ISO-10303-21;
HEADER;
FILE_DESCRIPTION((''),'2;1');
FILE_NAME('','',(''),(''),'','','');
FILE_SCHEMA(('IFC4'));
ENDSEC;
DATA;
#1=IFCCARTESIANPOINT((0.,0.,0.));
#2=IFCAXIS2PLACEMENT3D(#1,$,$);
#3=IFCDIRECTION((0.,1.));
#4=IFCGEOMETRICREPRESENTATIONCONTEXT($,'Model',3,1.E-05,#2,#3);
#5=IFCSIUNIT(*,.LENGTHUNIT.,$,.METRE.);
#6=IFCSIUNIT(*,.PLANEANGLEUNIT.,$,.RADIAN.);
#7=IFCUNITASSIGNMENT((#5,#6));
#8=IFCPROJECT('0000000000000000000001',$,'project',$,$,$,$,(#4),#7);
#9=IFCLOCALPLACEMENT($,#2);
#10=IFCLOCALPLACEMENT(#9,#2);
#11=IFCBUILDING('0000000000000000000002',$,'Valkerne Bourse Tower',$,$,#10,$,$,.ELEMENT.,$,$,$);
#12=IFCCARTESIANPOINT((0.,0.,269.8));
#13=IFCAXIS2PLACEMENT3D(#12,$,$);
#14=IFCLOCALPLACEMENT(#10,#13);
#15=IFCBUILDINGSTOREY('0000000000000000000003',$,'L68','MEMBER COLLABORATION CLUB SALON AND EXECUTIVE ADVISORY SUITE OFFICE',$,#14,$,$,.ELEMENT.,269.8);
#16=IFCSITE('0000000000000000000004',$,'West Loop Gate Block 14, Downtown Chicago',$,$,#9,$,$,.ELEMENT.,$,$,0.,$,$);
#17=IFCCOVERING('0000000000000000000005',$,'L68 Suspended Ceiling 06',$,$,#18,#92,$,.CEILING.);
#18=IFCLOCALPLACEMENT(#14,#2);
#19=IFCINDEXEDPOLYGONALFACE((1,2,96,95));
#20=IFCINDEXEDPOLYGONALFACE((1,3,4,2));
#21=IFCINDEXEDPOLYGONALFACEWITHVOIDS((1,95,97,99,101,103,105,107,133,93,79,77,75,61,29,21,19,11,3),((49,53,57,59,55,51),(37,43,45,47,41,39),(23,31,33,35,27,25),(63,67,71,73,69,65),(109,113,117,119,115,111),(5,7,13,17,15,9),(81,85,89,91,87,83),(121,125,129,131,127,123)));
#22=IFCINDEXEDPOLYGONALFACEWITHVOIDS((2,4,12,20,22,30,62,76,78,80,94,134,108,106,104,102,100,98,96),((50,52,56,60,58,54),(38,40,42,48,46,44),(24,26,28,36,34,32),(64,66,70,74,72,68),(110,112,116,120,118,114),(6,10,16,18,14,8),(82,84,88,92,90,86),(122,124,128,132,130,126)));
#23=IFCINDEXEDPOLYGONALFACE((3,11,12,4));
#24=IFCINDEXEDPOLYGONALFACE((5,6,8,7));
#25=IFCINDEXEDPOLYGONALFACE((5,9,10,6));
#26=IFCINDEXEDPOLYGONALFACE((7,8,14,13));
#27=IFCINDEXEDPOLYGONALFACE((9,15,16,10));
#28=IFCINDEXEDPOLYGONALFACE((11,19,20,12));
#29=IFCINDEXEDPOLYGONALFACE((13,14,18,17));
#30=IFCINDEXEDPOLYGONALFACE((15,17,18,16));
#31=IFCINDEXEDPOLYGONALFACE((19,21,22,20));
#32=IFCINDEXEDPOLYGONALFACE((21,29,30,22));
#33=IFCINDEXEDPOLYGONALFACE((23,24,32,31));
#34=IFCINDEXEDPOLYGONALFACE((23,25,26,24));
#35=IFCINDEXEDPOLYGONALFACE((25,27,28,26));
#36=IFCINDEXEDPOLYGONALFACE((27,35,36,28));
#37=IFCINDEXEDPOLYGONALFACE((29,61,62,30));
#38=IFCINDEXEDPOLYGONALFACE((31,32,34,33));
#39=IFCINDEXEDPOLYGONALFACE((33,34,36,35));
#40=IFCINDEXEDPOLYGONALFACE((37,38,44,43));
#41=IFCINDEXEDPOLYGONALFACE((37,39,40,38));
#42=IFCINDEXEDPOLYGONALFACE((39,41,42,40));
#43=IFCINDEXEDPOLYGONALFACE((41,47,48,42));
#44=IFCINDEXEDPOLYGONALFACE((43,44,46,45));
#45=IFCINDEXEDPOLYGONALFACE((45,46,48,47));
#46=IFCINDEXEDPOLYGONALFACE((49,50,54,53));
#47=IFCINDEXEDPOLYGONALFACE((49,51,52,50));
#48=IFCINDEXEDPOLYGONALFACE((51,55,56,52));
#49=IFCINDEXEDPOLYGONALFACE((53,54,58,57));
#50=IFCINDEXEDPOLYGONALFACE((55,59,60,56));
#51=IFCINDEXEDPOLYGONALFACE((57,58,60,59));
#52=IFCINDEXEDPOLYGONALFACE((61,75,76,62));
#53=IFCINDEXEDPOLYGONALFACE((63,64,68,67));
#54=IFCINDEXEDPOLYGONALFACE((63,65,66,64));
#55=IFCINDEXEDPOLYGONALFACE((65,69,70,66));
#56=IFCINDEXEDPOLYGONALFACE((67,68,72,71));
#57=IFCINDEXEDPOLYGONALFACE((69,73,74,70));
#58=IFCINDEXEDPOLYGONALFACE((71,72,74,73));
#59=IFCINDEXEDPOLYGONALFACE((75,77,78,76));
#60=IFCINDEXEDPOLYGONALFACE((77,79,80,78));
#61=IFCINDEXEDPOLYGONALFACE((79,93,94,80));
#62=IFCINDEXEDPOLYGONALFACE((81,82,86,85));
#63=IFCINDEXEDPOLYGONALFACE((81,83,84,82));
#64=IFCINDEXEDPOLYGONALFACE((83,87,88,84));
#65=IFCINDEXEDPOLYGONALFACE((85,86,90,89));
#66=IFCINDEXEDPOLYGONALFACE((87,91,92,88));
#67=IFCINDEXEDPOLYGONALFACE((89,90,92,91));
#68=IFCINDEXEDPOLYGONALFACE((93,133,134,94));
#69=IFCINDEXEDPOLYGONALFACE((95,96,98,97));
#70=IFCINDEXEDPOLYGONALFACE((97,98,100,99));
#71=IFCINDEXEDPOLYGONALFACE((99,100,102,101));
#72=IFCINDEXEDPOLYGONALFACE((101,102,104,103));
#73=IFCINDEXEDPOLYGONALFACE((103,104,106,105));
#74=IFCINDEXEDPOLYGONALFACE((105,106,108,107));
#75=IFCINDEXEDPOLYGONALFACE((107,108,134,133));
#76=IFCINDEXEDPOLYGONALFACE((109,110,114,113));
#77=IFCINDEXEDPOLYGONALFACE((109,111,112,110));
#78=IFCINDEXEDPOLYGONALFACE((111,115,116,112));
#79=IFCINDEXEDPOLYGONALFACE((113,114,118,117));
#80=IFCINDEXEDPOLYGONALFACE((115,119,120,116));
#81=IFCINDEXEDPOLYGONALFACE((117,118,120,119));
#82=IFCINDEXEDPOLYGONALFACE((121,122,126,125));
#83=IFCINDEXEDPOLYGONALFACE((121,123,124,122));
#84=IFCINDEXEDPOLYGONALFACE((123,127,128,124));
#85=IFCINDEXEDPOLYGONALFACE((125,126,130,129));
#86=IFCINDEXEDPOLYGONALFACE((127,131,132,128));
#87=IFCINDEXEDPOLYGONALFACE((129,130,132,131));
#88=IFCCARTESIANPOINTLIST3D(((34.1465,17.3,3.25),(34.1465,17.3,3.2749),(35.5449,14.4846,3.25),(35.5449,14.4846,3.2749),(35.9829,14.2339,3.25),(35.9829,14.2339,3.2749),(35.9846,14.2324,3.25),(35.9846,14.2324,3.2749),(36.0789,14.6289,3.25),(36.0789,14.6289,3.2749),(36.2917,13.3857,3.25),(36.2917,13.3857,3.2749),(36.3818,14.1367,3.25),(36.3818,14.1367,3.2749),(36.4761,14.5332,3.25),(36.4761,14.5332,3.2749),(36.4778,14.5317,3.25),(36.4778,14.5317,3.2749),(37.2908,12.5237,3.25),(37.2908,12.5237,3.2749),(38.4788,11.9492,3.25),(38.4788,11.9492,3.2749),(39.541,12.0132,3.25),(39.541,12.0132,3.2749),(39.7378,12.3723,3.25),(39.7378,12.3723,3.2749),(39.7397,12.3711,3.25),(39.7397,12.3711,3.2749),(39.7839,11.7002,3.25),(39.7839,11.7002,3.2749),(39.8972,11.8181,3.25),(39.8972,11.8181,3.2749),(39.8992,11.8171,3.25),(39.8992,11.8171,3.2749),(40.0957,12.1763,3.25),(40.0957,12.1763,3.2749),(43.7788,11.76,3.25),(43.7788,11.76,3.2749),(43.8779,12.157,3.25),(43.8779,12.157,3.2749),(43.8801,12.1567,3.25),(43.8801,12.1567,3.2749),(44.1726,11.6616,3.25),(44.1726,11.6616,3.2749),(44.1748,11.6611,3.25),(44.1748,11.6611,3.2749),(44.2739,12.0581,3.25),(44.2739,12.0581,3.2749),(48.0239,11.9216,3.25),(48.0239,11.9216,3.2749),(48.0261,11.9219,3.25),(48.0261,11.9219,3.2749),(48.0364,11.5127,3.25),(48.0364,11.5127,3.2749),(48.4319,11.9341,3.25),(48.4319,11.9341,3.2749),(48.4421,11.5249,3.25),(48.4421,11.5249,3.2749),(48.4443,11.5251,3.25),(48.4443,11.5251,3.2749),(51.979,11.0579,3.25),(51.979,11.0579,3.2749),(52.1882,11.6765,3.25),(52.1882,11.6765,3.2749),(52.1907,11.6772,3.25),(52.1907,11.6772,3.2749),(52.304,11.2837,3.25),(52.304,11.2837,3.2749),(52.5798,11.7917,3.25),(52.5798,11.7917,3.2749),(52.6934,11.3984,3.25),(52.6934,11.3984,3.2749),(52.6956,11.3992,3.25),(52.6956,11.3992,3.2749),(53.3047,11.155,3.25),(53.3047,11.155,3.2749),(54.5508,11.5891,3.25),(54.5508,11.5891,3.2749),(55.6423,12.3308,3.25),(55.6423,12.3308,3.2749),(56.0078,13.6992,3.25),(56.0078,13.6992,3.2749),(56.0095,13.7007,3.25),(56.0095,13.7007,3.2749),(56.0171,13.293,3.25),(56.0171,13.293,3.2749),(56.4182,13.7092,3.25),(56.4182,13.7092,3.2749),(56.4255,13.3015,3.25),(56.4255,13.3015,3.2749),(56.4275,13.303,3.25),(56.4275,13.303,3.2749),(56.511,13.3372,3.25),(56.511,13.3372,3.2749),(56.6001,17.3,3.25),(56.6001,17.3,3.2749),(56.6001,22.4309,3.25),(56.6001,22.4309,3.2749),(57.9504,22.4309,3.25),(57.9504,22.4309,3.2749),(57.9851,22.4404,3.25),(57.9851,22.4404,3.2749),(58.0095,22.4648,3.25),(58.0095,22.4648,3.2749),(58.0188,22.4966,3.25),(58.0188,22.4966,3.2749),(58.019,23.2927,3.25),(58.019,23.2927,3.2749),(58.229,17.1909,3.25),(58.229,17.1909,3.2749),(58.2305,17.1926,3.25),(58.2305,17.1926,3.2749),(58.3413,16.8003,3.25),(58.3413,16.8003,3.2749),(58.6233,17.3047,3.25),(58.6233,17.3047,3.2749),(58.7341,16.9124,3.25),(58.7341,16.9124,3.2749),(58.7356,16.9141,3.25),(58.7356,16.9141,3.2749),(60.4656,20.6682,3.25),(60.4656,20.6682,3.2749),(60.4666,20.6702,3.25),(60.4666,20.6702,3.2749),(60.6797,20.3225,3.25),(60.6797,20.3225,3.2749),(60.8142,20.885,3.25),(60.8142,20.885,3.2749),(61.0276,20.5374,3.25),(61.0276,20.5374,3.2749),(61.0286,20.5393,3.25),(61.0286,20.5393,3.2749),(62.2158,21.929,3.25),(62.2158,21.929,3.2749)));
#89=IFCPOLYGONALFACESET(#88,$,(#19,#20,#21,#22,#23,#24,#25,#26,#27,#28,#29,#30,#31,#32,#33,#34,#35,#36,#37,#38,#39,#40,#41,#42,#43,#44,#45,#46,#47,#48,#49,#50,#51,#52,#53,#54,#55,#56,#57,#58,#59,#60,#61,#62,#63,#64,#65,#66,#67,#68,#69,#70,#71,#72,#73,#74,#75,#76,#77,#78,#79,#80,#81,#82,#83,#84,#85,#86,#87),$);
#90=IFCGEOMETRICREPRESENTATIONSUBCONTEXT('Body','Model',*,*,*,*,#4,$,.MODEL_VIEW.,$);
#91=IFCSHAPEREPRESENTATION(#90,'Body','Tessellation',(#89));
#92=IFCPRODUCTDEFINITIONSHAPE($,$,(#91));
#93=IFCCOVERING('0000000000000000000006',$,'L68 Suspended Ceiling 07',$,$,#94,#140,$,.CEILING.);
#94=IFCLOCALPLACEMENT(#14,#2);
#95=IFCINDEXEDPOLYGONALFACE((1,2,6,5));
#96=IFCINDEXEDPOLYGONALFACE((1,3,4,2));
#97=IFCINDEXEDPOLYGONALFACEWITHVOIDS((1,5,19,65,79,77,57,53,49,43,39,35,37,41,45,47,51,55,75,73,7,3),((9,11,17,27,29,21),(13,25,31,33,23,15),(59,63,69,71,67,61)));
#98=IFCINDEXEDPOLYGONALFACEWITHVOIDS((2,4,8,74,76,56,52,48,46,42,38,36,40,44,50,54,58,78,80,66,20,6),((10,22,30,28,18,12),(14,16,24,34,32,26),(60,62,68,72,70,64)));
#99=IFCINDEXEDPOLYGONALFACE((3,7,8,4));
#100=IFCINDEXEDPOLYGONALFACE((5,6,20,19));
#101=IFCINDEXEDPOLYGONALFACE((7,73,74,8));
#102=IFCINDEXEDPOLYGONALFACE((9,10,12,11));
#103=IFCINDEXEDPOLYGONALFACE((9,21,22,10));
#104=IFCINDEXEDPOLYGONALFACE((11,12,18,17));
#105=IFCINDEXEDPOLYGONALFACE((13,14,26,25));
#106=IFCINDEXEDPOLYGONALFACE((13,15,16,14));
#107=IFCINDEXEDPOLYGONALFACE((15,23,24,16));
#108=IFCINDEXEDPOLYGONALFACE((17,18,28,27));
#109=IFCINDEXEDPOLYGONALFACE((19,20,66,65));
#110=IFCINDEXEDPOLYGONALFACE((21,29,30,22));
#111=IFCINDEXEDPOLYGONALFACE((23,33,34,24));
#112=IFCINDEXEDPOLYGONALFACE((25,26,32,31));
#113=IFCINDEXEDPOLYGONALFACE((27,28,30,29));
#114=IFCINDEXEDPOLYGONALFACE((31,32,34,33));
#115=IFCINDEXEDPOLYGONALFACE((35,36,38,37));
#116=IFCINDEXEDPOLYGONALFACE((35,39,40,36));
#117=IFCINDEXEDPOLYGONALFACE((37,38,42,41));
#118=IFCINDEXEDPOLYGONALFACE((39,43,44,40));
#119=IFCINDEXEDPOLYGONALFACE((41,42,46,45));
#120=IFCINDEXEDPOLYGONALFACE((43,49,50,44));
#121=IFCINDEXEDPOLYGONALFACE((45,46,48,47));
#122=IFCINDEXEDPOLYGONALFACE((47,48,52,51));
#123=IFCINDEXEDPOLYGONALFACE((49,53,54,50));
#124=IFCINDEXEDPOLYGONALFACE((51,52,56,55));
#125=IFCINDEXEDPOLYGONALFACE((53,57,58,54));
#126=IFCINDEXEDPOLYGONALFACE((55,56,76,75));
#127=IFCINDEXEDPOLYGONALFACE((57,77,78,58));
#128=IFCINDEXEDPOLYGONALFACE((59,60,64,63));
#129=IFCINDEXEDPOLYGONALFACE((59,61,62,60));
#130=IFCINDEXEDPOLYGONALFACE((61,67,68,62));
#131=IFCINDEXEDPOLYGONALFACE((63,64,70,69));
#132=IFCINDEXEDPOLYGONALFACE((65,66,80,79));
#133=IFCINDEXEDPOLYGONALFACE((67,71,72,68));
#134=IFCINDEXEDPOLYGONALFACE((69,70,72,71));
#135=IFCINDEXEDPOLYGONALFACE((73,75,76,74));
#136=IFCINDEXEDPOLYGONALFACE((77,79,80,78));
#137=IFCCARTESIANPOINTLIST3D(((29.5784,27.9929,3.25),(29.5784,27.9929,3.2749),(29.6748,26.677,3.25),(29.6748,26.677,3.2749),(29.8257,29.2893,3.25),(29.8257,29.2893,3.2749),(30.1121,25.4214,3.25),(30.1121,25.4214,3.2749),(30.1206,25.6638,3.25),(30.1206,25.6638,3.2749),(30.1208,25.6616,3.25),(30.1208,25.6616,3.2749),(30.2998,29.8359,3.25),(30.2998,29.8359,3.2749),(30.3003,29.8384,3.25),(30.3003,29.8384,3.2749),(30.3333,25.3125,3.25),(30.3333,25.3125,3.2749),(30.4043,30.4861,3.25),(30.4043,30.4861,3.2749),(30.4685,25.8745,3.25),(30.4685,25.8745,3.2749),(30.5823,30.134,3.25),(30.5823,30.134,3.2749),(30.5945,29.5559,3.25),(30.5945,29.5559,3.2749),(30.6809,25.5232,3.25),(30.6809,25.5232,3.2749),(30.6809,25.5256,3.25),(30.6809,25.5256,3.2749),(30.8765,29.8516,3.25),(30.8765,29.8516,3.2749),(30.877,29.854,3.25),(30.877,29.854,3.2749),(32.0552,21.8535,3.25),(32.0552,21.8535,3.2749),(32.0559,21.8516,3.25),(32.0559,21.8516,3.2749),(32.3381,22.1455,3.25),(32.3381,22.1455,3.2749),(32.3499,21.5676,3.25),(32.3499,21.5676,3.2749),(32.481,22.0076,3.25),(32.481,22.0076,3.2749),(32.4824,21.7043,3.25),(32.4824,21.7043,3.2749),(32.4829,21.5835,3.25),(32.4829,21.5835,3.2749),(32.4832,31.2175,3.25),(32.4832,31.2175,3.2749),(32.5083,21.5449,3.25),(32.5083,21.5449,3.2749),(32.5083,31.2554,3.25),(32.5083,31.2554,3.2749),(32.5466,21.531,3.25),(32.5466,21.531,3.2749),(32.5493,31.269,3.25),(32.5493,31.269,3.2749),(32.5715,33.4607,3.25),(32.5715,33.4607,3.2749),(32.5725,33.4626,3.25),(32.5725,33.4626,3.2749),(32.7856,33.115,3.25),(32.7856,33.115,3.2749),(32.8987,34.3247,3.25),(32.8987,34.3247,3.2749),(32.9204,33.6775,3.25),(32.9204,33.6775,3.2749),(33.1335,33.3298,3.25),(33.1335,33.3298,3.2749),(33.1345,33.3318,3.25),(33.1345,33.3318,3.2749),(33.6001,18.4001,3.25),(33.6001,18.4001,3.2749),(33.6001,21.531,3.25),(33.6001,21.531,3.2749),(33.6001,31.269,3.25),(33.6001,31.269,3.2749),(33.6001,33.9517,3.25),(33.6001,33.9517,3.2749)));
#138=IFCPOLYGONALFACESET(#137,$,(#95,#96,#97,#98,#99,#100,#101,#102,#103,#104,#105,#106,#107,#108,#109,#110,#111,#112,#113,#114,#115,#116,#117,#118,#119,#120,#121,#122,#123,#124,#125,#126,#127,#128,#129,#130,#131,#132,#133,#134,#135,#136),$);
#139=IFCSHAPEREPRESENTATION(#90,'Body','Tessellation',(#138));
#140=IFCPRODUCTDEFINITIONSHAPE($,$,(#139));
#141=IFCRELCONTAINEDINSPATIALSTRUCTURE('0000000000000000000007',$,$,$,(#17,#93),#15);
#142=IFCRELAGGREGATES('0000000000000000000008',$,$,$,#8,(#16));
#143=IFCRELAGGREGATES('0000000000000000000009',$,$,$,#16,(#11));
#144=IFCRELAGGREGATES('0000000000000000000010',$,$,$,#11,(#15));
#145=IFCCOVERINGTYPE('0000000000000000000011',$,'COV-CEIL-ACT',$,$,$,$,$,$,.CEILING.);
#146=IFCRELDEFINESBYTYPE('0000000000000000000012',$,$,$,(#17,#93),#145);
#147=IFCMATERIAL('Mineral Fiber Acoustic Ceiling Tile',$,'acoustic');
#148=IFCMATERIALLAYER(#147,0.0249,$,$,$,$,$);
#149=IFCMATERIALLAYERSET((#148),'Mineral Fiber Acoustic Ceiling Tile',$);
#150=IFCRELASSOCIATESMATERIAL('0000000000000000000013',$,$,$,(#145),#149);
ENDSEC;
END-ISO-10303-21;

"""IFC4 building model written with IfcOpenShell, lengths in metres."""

from ifc_helpers import new_model, si_unit, direction, frame, origin, place, context, subcontext, project, spatial, polyline, outline, extrude, material, layer, layer_set, type_object, element, save


model = new_model("IFC4")

# Units and contexts
model_context = context("Model", 3, precision=1e-05, world=origin(), true_north=direction((0.0, 1.0)))
body_context = subcontext(model_context, "Body", "Model", "MODEL_VIEW")
ifc_project = project(units=[si_unit("LENGTHUNIT", "METRE"), si_unit("PLANEANGLEUNIT", "RADIAN")], contexts=[model_context])

# Site, building, storey
site_placement = place(None, origin())
site = spatial("IfcSite", under=ifc_project, at=site_placement, Name="West Loop Gate Block 14, Downtown Chicago", CompositionType="ELEMENT", RefElevation=0.0)
building_placement = place(site_placement, origin())
building = spatial("IfcBuilding", under=site, at=building_placement, Name="Valkerne Bourse Tower", CompositionType="ELEMENT")
storey_placement = place(building_placement, frame((0.0, 0.0, 269.8)))
storey = spatial("IfcBuildingStorey", under=building, at=storey_placement, Name="L68", Description="MEMBER COLLABORATION CLUB SALON AND EXECUTIVE ADVISORY SUITE OFFICE", CompositionType="ELEMENT", Elevation=269.8)

# Coverings
ifc_material_1 = material(Name="Mineral Fiber Acoustic Ceiling Tile", Category="acoustic")
ifc_layer_1 = layer(ifc_material_1, 0.0249)
ifc_layer_set_1 = layer_set([ifc_layer_1], Name="Mineral Fiber Acoustic Ceiling Tile")
covering_type_1 = type_object("IfcCoveringType", Name="COV-CEIL-ACT", PredefinedType="CEILING", material=ifc_layer_set_1)
covering_1_placement = place(storey_placement, frame((0.0, 0.0, 3.25)))
element("IfcCovering", 1, at=covering_1_placement, inside=storey, type_object=covering_type_1, Name="L68 Suspended Ceiling 06", PredefinedType="CEILING", context=body_context, shape_type="SweptSolid", body=[
    extrude(outline(polyline([(54.5508, 11.5891), (53.3047, 11.155), (51.979, 11.0579), (39.7839, 11.7002), (38.4788, 11.9492), (37.2908, 12.5237), (36.2917, 13.3857), (35.5449, 14.4846), (34.1465, 17.3), (56.6001, 17.3), (56.6001, 22.4309), (57.9504, 22.4309), (57.9851, 22.4404), (58.0095, 22.4648), (58.0188, 22.4966), (58.019, 23.2927), (62.2158, 21.929), (56.511, 13.3372), (55.6423, 12.3308), (54.5508, 11.5891)]), holes=[polyline([(43.8801, 12.1567), (43.8779, 12.157), (43.7788, 11.76), (44.1726, 11.6616), (44.1748, 11.6611), (44.2739, 12.0581), (43.8801, 12.1567)]), polyline([(39.7397, 12.3711), (39.7378, 12.3723), (39.541, 12.0132), (39.8972, 11.8181), (39.8992, 11.8171), (40.0957, 12.1763), (39.7397, 12.3711)]), polyline([(36.4761, 14.5332), (36.0789, 14.6289), (35.9829, 14.2339), (35.9846, 14.2324), (36.3818, 14.1367), (36.4778, 14.5317), (36.4761, 14.5332)]), polyline([(52.6956, 11.3992), (52.5798, 11.7917), (52.1907, 11.6772), (52.1882, 11.6765), (52.304, 11.2837), (52.6934, 11.3984), (52.6956, 11.3992)]), polyline([(48.4443, 11.5251), (48.4319, 11.9341), (48.0261, 11.9219), (48.0239, 11.9216), (48.0364, 11.5127), (48.4421, 11.5249), (48.4443, 11.5251)]), polyline([(56.4275, 13.303), (56.4182, 13.7092), (56.0095, 13.7007), (56.0078, 13.6992), (56.0171, 13.293), (56.4255, 13.3015), (56.4275, 13.303)]), polyline([(58.7356, 16.9141), (58.6233, 17.3047), (58.2305, 17.1926), (58.229, 17.1909), (58.3413, 16.8003), (58.7341, 16.9124), (58.7356, 16.9141)]), polyline([(61.0286, 20.5393), (60.8142, 20.885), (60.4666, 20.6702), (60.4656, 20.6682), (60.6797, 20.3225), (61.0276, 20.5374), (61.0286, 20.5393)])]), origin(), (0.0, 0.0, 1.0), 0.0249),
])
covering_2_placement = place(storey_placement, frame((0.0, 0.0, 3.25)))
element("IfcCovering", 2, at=covering_2_placement, inside=storey, type_object=covering_type_1, Name="L68 Suspended Ceiling 07", PredefinedType="CEILING", context=body_context, shape_type="SweptSolid", body=[
    extrude(outline(polyline([(30.1121, 25.4214), (29.6748, 26.677), (29.5784, 27.9929), (29.8257, 29.2893), (30.4043, 30.4861), (32.8987, 34.3247), (33.6001, 33.9517), (33.6001, 31.269), (32.5493, 31.269), (32.5083, 31.2554), (32.4832, 31.2175), (32.481, 22.0076), (32.3381, 22.1455), (32.0552, 21.8535), (32.0559, 21.8516), (32.3499, 21.5676), (32.4824, 21.7043), (32.4829, 21.5835), (32.5083, 21.5449), (32.5466, 21.531), (33.6001, 21.531), (33.6001, 18.4001), (30.1121, 25.4214)]), holes=[polyline([(30.6809, 25.5256), (30.4685, 25.8745), (30.1206, 25.6638), (30.1208, 25.6616), (30.3333, 25.3125), (30.6809, 25.5232), (30.6809, 25.5256)]), polyline([(30.877, 29.854), (30.5823, 30.134), (30.3003, 29.8384), (30.2998, 29.8359), (30.5945, 29.5559), (30.8765, 29.8516), (30.877, 29.854)]), polyline([(33.1345, 33.3318), (32.9204, 33.6775), (32.5725, 33.4626), (32.5715, 33.4607), (32.7856, 33.115), (33.1335, 33.3298), (33.1345, 33.3318)])]), origin(), (0.0, 0.0, 1.0), 0.0249),
])

save(model, "model.ifc")
